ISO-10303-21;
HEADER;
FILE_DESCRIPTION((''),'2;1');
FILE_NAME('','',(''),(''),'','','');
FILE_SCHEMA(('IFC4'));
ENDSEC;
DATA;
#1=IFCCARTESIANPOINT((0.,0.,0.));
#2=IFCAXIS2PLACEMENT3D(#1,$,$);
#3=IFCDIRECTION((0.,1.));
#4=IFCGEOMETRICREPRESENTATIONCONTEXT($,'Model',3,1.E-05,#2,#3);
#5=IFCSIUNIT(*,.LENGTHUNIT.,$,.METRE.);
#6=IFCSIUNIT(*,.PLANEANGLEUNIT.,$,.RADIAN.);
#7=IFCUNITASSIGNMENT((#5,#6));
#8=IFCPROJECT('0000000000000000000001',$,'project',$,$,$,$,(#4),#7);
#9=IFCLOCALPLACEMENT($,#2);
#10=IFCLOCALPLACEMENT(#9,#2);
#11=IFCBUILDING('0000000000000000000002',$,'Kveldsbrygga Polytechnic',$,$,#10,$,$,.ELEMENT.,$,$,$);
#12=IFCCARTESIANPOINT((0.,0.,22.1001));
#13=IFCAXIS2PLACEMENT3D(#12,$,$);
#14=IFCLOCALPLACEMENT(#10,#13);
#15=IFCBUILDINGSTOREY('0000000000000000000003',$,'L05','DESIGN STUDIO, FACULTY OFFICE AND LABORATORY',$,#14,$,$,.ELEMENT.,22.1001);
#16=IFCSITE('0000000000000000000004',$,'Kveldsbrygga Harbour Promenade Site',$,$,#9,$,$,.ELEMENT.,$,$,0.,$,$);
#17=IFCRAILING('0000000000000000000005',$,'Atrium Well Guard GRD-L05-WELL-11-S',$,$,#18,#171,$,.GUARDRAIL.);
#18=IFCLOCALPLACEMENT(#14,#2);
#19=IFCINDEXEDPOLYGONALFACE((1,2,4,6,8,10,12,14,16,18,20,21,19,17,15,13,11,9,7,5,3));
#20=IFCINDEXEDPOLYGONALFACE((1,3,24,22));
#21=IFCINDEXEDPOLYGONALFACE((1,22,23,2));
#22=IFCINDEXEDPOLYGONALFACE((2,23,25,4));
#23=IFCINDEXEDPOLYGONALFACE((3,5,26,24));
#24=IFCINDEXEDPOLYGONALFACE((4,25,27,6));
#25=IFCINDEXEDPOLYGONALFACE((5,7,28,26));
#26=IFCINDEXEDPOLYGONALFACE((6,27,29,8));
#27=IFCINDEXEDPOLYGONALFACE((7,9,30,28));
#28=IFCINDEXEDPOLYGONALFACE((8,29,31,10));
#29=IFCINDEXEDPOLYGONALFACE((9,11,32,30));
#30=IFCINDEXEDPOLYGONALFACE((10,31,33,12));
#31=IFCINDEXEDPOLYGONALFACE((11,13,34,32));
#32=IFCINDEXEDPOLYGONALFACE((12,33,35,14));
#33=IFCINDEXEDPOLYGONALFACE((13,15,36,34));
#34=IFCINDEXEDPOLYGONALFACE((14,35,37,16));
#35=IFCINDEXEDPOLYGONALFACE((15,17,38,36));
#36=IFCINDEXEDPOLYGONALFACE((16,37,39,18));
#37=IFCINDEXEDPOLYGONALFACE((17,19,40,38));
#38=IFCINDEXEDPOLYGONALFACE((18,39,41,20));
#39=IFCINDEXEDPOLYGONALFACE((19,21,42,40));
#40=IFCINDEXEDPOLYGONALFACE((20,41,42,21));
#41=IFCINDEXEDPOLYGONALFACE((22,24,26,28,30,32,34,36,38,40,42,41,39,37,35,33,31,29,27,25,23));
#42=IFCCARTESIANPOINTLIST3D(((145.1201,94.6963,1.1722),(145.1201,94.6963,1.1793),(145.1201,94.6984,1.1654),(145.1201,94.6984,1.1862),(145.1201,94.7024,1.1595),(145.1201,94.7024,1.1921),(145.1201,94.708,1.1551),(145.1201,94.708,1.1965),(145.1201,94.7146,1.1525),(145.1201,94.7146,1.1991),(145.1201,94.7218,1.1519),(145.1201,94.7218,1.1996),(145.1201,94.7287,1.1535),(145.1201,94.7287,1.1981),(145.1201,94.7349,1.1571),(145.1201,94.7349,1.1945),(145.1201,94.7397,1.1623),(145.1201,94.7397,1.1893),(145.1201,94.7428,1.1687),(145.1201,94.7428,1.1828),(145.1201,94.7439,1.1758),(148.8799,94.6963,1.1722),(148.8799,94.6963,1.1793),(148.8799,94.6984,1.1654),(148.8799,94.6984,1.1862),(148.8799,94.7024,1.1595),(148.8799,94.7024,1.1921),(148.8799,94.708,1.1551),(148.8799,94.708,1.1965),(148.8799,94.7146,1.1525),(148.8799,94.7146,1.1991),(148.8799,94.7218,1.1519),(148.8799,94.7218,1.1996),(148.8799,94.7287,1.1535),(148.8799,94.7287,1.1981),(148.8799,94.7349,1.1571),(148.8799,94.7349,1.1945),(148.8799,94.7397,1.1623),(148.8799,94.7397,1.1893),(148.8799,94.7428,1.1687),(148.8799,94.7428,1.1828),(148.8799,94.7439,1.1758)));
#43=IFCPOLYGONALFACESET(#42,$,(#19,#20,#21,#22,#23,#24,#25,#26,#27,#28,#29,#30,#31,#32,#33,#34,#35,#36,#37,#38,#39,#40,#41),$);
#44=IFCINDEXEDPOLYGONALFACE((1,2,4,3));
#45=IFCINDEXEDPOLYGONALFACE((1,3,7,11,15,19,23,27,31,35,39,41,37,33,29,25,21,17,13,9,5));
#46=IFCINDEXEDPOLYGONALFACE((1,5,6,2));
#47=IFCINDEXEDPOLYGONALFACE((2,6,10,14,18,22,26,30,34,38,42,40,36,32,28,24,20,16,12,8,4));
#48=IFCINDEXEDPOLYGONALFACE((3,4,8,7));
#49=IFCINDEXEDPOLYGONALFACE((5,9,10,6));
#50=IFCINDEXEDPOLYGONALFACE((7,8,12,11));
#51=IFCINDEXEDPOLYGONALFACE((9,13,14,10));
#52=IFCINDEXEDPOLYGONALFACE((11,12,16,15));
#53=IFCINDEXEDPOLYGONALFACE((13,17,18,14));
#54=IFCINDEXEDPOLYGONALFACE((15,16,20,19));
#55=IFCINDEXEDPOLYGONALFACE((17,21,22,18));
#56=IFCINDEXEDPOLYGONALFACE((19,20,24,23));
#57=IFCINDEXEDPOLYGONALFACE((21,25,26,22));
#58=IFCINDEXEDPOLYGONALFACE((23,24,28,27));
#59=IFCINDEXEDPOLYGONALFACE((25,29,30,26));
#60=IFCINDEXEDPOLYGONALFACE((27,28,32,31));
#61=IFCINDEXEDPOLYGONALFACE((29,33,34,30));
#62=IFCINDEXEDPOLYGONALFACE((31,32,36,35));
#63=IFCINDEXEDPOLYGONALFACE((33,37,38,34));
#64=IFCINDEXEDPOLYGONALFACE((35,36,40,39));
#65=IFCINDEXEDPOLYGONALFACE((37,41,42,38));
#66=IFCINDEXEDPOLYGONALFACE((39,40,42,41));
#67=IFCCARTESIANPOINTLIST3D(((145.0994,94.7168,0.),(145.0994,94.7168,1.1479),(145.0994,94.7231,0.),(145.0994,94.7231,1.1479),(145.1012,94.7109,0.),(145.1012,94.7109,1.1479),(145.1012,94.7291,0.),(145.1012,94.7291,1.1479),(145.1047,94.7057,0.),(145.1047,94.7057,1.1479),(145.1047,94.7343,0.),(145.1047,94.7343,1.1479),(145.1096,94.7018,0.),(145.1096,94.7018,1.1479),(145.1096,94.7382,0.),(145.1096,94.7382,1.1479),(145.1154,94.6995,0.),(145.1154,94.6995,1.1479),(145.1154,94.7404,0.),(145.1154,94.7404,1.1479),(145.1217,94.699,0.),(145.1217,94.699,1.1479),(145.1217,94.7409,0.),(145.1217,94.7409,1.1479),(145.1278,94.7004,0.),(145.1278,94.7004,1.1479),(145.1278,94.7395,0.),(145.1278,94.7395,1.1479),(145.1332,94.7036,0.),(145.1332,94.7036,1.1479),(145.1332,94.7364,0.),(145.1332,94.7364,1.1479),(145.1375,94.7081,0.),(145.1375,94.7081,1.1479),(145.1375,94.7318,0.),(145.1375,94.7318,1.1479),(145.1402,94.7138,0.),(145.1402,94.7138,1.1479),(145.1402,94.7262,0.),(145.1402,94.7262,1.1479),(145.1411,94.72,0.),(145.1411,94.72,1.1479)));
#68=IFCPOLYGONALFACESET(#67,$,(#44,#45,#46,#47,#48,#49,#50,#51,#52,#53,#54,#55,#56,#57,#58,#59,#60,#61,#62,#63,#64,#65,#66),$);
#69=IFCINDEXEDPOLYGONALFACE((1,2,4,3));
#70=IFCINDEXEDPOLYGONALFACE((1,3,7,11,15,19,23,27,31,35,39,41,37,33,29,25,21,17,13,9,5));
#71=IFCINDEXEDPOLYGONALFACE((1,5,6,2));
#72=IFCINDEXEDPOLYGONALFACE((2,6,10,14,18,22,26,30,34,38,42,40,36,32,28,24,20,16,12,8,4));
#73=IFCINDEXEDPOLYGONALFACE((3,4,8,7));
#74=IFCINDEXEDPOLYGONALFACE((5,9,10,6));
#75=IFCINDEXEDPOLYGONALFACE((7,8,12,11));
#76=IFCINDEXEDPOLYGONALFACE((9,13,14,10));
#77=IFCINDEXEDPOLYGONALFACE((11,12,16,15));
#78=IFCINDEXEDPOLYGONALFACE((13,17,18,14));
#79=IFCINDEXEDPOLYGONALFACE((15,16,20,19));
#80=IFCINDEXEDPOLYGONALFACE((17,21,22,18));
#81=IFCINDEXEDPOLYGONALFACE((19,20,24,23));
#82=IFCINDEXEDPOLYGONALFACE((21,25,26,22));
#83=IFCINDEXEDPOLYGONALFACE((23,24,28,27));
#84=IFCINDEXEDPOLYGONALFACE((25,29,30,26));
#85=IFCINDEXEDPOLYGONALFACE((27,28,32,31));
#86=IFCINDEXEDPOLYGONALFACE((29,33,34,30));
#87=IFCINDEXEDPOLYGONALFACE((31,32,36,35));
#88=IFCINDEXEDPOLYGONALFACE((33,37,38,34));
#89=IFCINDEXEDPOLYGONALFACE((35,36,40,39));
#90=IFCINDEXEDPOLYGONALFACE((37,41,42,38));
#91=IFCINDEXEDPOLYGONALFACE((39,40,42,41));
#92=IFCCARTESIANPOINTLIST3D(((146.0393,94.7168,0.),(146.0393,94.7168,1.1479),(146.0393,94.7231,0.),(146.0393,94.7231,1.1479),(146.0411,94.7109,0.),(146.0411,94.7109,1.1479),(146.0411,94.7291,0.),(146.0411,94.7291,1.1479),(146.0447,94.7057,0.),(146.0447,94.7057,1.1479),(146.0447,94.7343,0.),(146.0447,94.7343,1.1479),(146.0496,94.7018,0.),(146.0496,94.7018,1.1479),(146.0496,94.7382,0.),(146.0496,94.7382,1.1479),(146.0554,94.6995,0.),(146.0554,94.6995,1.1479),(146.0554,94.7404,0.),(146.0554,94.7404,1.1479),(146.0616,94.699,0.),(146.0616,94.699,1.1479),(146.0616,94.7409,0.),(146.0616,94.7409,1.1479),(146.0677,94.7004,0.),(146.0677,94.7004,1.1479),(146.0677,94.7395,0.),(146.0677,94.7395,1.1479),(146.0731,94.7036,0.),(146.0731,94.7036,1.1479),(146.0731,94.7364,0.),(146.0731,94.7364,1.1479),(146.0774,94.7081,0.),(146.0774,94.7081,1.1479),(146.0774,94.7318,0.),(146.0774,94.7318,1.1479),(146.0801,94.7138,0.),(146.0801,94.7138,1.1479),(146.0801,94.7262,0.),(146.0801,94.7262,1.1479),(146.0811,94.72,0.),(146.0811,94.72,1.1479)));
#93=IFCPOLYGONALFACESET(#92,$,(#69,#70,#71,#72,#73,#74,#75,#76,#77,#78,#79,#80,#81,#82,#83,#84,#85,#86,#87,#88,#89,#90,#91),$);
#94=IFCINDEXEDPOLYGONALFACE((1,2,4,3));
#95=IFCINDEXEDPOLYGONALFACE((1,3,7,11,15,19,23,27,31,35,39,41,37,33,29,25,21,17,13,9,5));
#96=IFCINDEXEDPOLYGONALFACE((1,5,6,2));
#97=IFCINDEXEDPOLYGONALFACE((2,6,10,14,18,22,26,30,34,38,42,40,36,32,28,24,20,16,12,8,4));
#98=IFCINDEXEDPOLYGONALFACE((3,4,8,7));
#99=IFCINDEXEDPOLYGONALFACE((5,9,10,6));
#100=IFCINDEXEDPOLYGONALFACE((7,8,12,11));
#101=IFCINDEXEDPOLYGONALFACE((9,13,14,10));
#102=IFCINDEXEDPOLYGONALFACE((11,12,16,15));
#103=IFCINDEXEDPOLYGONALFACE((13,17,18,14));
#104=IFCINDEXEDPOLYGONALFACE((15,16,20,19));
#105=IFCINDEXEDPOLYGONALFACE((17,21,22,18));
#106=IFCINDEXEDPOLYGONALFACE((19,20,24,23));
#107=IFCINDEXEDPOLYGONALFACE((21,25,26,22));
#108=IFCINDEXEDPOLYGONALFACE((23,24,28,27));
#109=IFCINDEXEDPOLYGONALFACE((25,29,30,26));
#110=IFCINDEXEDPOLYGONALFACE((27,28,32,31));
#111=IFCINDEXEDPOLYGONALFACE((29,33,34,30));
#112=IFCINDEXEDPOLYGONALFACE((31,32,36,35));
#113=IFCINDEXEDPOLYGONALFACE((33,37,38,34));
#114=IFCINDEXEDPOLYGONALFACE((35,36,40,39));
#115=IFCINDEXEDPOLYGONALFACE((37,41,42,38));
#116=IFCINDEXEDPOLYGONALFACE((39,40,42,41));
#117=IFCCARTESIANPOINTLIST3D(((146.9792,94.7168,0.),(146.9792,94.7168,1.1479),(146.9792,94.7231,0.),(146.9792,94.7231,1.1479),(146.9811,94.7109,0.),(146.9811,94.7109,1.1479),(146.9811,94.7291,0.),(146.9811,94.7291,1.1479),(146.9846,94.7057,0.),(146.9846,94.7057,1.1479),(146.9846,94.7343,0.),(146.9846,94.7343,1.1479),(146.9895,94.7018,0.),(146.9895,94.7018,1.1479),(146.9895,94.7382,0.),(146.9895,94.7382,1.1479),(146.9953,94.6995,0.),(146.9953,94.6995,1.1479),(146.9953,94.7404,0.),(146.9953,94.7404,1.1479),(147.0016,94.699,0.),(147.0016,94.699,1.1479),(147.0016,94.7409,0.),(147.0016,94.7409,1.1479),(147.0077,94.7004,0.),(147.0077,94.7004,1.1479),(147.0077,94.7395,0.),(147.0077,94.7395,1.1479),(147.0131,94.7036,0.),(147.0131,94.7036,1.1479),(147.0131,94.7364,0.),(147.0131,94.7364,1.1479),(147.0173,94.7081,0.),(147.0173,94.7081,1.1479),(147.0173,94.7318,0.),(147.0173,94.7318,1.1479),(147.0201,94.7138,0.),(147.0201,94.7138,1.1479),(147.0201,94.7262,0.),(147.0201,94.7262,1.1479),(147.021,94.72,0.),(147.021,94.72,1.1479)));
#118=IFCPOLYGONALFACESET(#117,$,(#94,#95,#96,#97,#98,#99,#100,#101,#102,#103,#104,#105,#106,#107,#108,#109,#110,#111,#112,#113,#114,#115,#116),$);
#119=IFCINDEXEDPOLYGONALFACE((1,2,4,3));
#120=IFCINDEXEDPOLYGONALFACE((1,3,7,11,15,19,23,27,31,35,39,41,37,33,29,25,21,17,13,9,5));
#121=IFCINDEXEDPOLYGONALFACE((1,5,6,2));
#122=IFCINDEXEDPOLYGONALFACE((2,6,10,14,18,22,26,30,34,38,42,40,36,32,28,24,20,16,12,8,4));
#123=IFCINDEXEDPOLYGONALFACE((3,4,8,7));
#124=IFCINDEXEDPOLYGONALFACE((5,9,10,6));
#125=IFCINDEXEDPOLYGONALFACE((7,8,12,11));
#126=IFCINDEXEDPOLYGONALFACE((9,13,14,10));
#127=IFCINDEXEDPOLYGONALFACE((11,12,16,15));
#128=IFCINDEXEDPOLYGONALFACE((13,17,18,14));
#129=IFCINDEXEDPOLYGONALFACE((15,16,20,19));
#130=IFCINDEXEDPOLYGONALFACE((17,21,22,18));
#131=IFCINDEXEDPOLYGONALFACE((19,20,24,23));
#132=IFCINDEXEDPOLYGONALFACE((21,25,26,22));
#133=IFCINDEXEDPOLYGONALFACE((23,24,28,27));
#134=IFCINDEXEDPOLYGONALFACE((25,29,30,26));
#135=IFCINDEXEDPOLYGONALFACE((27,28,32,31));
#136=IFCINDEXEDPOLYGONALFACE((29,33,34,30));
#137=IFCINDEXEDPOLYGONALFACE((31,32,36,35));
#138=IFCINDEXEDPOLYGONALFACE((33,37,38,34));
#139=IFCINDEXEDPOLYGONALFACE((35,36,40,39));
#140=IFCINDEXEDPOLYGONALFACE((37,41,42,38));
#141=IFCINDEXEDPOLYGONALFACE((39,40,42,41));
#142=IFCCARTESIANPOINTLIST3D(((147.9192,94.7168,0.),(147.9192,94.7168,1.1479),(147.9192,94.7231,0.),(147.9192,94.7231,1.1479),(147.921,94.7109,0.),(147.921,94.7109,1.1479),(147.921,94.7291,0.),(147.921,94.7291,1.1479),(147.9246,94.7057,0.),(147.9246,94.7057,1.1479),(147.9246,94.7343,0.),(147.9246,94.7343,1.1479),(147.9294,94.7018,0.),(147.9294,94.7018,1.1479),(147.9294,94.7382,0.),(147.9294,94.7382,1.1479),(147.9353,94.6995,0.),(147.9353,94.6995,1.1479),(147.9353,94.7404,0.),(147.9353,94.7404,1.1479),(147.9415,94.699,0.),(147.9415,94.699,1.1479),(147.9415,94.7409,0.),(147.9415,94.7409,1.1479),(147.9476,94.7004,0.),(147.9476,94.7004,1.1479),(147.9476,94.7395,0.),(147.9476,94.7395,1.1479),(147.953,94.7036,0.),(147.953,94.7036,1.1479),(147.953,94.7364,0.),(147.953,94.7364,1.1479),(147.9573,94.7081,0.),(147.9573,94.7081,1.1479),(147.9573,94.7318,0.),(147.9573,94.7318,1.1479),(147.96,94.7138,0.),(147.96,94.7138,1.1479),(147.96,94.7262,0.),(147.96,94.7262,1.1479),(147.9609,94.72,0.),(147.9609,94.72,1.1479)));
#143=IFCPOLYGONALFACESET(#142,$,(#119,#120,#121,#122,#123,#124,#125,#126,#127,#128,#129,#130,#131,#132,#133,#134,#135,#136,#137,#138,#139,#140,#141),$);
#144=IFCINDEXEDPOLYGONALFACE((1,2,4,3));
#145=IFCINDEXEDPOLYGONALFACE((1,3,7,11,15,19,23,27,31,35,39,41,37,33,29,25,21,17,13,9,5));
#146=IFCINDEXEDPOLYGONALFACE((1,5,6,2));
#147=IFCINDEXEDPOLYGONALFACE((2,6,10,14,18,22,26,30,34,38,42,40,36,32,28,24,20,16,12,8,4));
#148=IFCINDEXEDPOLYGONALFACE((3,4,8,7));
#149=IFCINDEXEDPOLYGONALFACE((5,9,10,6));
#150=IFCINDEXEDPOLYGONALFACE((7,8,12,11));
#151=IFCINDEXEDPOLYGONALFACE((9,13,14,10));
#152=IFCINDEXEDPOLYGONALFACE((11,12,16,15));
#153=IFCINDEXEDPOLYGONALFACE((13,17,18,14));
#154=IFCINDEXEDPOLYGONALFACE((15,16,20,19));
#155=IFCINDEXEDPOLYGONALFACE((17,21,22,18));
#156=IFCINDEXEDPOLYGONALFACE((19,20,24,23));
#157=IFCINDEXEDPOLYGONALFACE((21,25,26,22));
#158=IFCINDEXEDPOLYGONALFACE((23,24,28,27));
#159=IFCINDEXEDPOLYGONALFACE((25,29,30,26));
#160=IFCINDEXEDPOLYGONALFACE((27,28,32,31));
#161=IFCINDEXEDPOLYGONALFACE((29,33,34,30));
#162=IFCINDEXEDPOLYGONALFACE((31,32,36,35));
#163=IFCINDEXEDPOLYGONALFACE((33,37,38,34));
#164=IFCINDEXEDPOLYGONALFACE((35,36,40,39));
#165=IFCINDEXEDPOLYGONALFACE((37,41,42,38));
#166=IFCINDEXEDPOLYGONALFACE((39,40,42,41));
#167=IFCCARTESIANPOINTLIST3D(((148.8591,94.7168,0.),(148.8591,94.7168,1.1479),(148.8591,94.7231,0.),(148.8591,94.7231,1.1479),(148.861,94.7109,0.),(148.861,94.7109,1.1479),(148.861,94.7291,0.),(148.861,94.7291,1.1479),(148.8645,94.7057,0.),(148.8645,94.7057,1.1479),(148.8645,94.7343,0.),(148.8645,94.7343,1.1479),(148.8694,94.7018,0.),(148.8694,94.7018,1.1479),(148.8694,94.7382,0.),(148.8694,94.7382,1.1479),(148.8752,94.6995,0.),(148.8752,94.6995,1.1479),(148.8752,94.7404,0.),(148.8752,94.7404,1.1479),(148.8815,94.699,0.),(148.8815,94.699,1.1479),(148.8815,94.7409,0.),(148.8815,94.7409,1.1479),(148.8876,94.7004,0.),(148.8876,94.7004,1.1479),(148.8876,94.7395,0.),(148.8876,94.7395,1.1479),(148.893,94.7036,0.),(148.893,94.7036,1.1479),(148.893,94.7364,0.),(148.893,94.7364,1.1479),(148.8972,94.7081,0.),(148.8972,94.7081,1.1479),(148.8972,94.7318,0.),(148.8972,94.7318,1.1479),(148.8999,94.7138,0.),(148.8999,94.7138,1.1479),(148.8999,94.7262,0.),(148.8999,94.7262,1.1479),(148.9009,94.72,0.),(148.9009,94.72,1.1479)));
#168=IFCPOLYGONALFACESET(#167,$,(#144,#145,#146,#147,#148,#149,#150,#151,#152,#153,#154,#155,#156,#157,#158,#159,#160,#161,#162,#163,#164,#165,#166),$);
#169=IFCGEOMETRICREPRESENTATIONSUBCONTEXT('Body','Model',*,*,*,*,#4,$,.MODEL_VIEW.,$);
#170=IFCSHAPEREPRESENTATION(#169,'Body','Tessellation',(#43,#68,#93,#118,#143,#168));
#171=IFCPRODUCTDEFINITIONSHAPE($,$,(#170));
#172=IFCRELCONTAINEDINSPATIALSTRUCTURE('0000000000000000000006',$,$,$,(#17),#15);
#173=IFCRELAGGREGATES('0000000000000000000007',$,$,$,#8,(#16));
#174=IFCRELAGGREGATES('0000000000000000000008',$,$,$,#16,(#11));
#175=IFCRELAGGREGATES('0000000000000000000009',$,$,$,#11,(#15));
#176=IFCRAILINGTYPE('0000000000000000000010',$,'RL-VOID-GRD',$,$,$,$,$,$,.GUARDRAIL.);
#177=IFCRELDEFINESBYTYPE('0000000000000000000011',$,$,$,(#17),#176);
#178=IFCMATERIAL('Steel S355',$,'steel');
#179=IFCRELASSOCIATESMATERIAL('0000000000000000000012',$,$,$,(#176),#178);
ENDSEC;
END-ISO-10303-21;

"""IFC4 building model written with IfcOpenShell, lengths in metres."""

from ifc_helpers import new_model, si_unit, direction, frame, origin, origin_2d, place, context, subcontext, project, spatial, circle, extrude, material, type_object, element, save


model = new_model("IFC4")

# Units and contexts
model_context = context("Model", 3, precision=1e-05, world=origin(), true_north=direction((0.0, 1.0)))
body_context = subcontext(model_context, "Body", "Model", "MODEL_VIEW")
ifc_project = project(units=[si_unit("LENGTHUNIT", "METRE"), si_unit("PLANEANGLEUNIT", "RADIAN")], contexts=[model_context])

# Site, building, storey
site_placement = place(None, origin())
site = spatial("IfcSite", under=ifc_project, at=site_placement, Name="Kveldsbrygga Harbour Promenade Site", CompositionType="ELEMENT", RefElevation=0.0)
building_placement = place(site_placement, origin())
building = spatial("IfcBuilding", under=site, at=building_placement, Name="Kveldsbrygga Polytechnic", CompositionType="ELEMENT")
storey_placement = place(building_placement, frame((0.0, 0.0, 22.1001)))
storey = spatial("IfcBuildingStorey", under=building, at=storey_placement, Name="L05", Description="DESIGN STUDIO, FACULTY OFFICE AND LABORATORY", CompositionType="ELEMENT", Elevation=22.1001)

# Shared definitions
ifc_material_1 = material(Name="Steel S355", Category="steel")

# Railing
railing_type = type_object("IfcRailingType", Name="RL-VOID-GRD", PredefinedType="GUARDRAIL", material=ifc_material_1)
railing_1_placement = place(storey_placement, frame((145.1201, 94.72, 0.0)))
element("IfcRailing", 1, at=railing_1_placement, inside=storey, type_object=railing_type, Name="Atrium Well Guard GRD-L05-WELL-11-S", PredefinedType="GUARDRAIL", context=body_context, shape_type="SweptSolid", body=[
    extrude(circle(Radius=0.0239, at=origin_2d()), frame((0.0, 0.0, 1.1758), z_axis=(1.0, 0.0, 0.0), x_axis=(0.0, 1.0, 0.0)), (0.0, 0.0, 1.0), 3.7598),
    extrude(circle(Radius=0.021, at=origin_2d()), origin(), (0.0, 0.0, 1.0), 1.1479),
    extrude(circle(Radius=0.021, at=origin_2d()), frame((0.9399, 0.0, 0.0)), (0.0, 0.0, 1.0), 1.1479),
    extrude(circle(Radius=0.021, at=origin_2d()), frame((1.8799, 0.0, 0.0)), (0.0, 0.0, 1.0), 1.1479),
    extrude(circle(Radius=0.021, at=origin_2d()), frame((2.8198, 0.0, 0.0)), (0.0, 0.0, 1.0), 1.1479),
    extrude(circle(Radius=0.021, at=origin_2d()), frame((3.7598, 0.0, 0.0)), (0.0, 0.0, 1.0), 1.1479),
])

save(model, "model.ifc")
